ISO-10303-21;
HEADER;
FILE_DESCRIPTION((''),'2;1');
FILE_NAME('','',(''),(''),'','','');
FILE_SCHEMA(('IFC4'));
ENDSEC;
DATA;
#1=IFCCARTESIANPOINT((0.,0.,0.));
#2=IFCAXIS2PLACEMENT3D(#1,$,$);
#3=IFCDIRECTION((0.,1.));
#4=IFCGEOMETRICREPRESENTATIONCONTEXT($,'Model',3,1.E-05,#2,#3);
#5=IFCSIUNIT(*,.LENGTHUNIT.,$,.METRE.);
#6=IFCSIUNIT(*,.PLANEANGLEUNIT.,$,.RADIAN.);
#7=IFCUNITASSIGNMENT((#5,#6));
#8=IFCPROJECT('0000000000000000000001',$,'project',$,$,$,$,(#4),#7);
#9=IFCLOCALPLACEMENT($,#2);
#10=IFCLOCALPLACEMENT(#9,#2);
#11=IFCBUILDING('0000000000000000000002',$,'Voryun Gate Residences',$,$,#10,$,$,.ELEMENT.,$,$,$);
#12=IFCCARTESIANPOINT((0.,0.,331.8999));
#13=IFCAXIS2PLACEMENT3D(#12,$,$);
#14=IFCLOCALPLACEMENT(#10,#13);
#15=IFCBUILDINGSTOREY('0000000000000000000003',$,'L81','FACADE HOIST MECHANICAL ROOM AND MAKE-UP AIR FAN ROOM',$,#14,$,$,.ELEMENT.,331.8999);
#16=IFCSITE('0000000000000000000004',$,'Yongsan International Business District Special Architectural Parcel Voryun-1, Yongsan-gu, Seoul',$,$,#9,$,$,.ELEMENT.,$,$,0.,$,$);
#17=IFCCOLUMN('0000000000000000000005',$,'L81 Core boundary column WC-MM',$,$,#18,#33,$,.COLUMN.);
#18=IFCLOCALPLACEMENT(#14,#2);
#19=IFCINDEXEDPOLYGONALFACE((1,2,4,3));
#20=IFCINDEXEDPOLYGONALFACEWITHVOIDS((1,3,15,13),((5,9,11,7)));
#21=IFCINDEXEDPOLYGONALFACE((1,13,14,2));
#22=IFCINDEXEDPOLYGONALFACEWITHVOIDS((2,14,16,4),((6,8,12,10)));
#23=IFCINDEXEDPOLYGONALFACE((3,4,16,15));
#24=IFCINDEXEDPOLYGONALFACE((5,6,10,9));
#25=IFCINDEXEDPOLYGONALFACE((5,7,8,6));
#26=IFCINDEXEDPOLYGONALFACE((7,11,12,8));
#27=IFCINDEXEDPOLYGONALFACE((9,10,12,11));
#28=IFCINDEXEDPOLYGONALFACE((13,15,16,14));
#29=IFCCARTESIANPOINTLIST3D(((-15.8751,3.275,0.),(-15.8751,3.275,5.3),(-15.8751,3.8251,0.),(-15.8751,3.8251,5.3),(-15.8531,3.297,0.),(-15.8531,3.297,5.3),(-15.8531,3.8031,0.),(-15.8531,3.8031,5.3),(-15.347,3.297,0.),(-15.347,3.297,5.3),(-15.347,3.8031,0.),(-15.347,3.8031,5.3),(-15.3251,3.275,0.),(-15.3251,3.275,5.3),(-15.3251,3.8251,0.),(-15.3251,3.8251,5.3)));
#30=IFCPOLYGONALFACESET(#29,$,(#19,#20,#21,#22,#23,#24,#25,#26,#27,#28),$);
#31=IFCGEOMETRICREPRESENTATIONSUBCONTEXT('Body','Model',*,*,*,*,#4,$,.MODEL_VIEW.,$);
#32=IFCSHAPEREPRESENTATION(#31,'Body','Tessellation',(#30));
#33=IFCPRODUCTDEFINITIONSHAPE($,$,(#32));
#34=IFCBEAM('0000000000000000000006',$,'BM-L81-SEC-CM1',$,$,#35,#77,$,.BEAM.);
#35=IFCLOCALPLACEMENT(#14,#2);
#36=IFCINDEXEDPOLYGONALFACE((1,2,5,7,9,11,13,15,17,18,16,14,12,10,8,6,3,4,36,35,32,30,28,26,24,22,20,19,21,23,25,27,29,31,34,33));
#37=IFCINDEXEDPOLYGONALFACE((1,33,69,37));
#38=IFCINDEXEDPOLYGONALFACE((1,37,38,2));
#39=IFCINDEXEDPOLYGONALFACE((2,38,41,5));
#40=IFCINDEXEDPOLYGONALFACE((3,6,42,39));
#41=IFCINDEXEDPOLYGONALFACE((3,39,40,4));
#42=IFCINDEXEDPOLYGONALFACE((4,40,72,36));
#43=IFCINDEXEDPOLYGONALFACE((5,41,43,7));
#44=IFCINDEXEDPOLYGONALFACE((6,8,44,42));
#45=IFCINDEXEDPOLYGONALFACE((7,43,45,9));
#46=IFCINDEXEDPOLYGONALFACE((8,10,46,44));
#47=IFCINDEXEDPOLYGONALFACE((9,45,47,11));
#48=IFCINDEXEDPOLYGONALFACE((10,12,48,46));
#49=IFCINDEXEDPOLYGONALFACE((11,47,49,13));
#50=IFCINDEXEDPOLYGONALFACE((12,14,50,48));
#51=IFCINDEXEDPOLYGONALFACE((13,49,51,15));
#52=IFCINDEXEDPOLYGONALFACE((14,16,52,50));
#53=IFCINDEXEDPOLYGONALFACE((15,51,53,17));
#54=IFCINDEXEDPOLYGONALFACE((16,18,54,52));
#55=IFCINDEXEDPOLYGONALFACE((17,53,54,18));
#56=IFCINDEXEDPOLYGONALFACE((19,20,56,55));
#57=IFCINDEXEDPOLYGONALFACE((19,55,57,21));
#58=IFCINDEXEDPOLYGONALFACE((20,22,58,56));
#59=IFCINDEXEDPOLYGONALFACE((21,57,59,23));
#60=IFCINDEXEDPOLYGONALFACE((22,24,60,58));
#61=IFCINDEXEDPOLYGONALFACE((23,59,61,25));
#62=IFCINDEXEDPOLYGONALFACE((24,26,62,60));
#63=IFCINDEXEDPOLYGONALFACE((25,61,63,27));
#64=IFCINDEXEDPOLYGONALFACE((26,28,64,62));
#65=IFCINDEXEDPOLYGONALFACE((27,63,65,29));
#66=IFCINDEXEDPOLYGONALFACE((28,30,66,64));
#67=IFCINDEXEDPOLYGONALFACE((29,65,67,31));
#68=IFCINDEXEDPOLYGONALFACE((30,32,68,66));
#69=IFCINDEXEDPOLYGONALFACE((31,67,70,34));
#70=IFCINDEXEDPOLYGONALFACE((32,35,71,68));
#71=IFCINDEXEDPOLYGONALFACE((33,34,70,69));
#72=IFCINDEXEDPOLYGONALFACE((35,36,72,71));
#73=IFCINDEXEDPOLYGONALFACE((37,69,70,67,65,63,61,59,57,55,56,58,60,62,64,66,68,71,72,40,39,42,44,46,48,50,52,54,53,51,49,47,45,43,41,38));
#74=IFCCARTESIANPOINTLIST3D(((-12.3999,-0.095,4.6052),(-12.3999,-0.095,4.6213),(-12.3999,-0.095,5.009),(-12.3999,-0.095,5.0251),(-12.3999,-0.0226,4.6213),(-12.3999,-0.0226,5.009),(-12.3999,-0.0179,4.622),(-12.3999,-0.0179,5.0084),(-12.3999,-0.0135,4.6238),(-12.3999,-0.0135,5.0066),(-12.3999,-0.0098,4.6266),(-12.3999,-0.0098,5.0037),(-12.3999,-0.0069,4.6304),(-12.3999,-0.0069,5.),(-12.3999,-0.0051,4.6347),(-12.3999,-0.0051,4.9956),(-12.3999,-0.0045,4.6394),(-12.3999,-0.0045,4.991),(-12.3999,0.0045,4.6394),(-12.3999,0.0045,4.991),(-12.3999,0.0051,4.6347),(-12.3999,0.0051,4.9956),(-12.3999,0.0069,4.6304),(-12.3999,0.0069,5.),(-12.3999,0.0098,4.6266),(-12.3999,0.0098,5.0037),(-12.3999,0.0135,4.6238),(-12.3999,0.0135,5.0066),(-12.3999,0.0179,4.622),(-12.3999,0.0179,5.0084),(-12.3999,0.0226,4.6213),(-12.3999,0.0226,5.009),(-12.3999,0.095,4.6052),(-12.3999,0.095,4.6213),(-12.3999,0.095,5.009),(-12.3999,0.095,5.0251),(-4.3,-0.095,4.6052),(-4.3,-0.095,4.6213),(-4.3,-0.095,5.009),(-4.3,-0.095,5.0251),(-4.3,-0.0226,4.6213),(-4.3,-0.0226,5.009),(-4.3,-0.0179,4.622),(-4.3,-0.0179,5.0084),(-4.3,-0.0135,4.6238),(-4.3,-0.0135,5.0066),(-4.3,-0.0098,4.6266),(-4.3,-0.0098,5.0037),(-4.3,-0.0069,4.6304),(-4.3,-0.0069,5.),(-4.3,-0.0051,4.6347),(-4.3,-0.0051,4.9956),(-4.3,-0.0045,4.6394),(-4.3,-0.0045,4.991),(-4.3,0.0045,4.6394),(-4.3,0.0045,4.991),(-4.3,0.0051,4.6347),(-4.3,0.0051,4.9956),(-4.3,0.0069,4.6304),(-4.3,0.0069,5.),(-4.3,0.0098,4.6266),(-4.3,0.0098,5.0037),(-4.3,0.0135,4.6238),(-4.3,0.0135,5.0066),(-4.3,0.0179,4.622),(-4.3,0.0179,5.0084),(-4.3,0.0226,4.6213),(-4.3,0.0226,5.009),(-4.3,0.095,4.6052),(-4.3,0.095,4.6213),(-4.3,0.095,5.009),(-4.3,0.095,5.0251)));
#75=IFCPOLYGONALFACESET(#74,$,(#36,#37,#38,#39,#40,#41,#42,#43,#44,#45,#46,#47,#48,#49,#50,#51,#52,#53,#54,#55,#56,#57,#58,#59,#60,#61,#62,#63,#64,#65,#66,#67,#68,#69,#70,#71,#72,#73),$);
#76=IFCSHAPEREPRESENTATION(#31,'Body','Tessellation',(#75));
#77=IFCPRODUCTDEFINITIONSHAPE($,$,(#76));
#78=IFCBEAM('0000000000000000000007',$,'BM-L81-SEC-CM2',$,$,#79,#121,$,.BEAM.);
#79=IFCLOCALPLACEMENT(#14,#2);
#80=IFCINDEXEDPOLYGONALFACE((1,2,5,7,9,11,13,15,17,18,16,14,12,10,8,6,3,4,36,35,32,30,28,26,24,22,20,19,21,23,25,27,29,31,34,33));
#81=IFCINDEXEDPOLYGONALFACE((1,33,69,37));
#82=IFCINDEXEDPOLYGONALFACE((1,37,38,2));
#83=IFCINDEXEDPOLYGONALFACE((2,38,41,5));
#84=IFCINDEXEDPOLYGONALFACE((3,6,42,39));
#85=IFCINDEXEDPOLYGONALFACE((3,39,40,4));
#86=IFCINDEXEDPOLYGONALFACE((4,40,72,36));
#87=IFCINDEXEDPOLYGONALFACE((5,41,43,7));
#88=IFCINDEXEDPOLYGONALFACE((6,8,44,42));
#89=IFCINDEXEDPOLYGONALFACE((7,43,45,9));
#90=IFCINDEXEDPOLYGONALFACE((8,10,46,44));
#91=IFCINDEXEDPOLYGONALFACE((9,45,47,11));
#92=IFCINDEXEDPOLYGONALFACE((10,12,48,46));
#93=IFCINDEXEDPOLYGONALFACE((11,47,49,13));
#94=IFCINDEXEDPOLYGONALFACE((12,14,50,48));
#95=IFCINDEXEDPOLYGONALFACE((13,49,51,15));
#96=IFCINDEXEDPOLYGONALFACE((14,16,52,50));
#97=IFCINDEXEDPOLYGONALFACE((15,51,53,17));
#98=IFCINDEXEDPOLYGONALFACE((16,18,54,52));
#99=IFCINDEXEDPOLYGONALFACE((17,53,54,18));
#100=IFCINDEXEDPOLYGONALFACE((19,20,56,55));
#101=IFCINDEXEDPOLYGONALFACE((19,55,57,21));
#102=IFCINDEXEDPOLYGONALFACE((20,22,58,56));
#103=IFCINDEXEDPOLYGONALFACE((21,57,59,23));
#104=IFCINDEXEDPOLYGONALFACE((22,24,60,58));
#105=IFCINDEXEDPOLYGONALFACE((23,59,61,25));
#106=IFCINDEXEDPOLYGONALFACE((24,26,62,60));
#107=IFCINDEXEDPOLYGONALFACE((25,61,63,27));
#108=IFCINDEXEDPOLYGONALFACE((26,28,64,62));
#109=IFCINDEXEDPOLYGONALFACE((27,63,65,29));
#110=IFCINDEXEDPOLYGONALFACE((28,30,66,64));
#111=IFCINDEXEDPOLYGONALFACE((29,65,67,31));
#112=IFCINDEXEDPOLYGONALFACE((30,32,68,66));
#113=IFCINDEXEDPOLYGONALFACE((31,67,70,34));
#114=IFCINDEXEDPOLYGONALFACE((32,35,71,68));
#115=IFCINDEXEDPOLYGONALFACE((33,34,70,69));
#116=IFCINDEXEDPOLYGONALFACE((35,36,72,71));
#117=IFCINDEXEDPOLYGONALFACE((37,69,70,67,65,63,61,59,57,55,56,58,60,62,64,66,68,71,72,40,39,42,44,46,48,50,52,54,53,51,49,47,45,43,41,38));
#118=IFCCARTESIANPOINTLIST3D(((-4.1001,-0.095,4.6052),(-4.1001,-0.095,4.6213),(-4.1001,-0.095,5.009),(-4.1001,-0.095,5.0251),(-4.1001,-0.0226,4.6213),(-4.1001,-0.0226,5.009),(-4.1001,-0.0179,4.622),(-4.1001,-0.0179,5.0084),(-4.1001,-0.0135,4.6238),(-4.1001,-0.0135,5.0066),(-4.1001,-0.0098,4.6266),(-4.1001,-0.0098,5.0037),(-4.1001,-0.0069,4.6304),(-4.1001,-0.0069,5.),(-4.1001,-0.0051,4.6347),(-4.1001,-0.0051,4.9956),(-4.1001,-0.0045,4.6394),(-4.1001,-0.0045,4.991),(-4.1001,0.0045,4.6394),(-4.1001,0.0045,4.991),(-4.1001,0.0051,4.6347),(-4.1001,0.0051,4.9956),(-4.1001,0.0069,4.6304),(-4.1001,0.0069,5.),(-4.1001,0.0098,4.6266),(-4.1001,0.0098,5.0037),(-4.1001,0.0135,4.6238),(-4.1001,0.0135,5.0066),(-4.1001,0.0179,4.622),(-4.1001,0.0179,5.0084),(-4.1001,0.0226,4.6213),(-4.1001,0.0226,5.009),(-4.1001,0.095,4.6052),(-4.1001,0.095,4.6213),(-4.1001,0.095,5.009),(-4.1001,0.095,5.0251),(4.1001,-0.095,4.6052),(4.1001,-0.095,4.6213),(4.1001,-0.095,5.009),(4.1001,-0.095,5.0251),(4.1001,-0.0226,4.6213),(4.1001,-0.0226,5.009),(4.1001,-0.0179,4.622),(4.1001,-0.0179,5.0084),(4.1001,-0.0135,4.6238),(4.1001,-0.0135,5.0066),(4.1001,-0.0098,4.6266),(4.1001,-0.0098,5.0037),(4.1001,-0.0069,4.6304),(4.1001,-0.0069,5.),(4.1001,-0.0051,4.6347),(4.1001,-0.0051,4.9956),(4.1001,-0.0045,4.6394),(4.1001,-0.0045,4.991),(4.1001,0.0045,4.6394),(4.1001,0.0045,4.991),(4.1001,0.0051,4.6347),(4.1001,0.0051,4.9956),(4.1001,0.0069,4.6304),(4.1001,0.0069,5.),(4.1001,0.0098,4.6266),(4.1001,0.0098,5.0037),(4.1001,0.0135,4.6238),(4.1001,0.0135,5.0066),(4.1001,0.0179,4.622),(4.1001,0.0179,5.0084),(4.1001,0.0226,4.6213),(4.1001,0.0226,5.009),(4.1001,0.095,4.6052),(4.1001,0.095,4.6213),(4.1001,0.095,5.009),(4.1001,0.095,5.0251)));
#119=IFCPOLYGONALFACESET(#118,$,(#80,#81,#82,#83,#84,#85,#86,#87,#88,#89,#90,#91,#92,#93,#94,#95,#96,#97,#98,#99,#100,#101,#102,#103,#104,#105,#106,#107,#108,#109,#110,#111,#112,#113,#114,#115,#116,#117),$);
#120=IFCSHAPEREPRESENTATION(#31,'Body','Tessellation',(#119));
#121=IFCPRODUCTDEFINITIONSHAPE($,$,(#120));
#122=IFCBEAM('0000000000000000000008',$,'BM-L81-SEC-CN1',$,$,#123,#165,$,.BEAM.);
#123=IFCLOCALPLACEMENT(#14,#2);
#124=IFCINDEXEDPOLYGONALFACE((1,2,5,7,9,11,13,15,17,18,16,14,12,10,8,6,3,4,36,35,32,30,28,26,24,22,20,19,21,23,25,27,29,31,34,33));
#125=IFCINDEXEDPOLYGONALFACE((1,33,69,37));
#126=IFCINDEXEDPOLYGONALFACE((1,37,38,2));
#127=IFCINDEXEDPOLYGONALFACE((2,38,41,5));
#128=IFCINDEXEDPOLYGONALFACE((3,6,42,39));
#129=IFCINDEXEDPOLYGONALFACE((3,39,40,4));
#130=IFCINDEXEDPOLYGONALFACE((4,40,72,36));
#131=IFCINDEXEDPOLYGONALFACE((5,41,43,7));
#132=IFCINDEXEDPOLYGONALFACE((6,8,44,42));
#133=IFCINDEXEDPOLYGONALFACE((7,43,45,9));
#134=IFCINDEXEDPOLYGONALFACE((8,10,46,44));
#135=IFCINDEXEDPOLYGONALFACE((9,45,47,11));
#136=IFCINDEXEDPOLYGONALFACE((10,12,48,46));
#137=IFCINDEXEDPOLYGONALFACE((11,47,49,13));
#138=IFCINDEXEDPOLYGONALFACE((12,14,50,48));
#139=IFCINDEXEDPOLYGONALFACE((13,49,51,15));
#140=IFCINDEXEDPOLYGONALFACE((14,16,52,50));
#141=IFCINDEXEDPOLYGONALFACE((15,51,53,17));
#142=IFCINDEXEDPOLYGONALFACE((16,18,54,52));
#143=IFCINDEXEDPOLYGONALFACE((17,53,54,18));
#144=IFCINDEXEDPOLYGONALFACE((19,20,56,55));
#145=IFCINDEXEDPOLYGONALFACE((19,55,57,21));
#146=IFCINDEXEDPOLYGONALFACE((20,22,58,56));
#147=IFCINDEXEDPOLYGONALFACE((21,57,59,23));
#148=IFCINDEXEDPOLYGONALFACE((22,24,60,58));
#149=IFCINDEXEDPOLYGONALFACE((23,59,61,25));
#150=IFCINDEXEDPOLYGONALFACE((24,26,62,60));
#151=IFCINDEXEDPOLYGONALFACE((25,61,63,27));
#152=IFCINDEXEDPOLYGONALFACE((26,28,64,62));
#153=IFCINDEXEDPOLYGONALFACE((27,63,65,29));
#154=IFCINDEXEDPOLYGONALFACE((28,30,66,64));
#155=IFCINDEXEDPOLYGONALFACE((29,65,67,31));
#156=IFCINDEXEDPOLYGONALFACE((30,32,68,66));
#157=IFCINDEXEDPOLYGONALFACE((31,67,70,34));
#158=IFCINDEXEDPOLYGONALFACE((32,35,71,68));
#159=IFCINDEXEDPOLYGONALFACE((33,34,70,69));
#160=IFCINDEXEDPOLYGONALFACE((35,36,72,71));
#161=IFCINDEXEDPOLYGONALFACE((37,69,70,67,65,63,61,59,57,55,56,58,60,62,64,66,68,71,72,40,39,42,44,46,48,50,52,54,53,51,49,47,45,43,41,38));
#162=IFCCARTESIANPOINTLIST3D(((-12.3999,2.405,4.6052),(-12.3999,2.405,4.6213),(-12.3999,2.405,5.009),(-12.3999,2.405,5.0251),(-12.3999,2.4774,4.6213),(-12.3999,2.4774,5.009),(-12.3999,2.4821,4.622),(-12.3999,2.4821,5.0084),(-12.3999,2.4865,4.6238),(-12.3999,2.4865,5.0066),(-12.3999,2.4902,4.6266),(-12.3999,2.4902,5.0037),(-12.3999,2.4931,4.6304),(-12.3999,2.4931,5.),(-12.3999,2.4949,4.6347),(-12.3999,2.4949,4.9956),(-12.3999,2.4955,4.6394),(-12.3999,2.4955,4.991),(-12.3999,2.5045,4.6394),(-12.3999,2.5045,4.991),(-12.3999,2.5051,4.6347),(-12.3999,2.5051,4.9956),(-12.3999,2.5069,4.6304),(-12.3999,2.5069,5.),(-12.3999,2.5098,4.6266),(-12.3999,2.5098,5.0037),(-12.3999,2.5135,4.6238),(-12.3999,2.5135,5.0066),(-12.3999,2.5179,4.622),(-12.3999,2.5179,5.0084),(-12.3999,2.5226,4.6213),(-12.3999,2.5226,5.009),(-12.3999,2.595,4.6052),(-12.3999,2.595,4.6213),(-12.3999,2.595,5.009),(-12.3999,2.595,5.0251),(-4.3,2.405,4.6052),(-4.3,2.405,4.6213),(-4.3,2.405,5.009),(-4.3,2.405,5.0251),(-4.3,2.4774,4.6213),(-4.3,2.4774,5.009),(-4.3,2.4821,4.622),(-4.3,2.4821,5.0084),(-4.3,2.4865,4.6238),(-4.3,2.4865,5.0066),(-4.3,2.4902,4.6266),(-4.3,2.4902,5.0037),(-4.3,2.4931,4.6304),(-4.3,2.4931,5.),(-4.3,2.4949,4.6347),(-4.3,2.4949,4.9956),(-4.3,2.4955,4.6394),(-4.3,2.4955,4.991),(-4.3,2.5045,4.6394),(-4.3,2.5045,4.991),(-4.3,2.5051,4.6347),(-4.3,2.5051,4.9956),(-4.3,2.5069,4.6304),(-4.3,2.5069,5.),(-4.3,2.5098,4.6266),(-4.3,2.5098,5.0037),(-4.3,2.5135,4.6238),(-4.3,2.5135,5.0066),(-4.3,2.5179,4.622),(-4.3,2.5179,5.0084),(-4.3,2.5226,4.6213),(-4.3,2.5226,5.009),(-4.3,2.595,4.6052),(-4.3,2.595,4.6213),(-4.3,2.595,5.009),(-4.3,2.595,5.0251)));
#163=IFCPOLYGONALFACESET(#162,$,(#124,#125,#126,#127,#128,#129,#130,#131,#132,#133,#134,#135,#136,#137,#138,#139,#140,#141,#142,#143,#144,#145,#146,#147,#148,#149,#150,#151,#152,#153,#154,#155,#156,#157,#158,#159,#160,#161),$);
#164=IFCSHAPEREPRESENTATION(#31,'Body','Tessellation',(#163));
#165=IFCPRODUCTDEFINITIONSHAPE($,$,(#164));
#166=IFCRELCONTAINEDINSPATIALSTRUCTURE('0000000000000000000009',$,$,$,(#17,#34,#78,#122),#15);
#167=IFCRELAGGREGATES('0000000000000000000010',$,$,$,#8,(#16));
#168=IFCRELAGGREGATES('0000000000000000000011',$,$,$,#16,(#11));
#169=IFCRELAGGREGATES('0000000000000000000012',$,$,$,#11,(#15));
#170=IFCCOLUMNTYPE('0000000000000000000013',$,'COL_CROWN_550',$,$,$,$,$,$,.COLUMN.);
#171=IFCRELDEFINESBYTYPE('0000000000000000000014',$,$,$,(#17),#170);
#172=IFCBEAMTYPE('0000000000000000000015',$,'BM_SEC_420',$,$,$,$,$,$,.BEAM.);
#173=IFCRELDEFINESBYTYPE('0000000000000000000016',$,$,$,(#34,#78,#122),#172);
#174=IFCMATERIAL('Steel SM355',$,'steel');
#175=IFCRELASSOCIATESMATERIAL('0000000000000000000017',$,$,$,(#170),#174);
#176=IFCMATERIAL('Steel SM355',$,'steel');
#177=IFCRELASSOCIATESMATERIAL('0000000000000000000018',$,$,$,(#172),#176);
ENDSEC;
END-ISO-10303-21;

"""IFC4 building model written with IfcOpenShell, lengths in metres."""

from ifc_helpers import new_model, si_unit, direction, frame, origin, origin_2d, place, context, subcontext, project, spatial, hollow_rectangle, i_section, extrude, material, material_profile, profile_set, type_object, element, save


model = new_model("IFC4")

# Units and contexts
model_context = context("Model", 3, precision=1e-05, world=origin(), true_north=direction((0.0, 1.0)))
body_context = subcontext(model_context, "Body", "Model", "MODEL_VIEW")
ifc_project = project(units=[si_unit("LENGTHUNIT", "METRE"), si_unit("PLANEANGLEUNIT", "RADIAN")], contexts=[model_context])

# Site, building, storey
site_placement = place(None, origin())
site = spatial("IfcSite", under=ifc_project, at=site_placement, Name="Yongsan International Business District Special Architectural Parcel Voryun-1, Yongsan-gu, Seoul", CompositionType="ELEMENT", RefElevation=0.0)
building_placement = place(site_placement, origin())
building = spatial("IfcBuilding", under=site, at=building_placement, Name="Voryun Gate Residences", CompositionType="ELEMENT")
storey_placement = place(building_placement, frame((0.0, 0.0, 331.8999)))
storey = spatial("IfcBuildingStorey", under=building, at=storey_placement, Name="L81", Description="FACADE HOIST MECHANICAL ROOM AND MAKE-UP AIR FAN ROOM", CompositionType="ELEMENT", Elevation=331.8999)

# Column
ifc_material_1 = material(Name="Steel SM355", Category="steel")
ifc_material_profile_1 = material_profile(ifc_material_1, hollow_rectangle(XDim=0.55, YDim=0.55, WallThickness=0.022, at=origin_2d()), Name="BOX-550x550x22")
ifc_profile_set_1 = profile_set([ifc_material_profile_1], Name="Steel SM355")
column_type = type_object("IfcColumnType", Name="COL_CROWN_550", PredefinedType="COLUMN", material=ifc_profile_set_1)
column_placement = place(storey_placement, frame((-15.6001, 3.55, 0.0), z_axis=(0.0, 0.0, 1.0), x_axis=(1.0, 0.0, 0.0)))
element("IfcColumn", 1, at=column_placement, inside=storey, type_object=column_type, Name="L81 Core boundary column WC-MM", PredefinedType="COLUMN", context=body_context, shape_type="SweptSolid", body=[
    extrude(hollow_rectangle(XDim=0.55, YDim=0.55, WallThickness=0.022, at=origin_2d()), origin(), (0.0, 0.0, 1.0), 5.3),
])

# Beams
ifc_material_2 = material(Name="Steel SM355", Category="steel")
ifc_material_profile_2 = material_profile(ifc_material_2, i_section(OverallWidth=0.1899, OverallDepth=0.4199, WebThickness=0.009, FlangeThickness=0.0161, FilletRadius=0.0181, at=origin_2d()), Name="H-420x190x9x16")
ifc_profile_set_2 = profile_set([ifc_material_profile_2], Name="Steel SM355")
beam_type = type_object("IfcBeamType", Name="BM_SEC_420", PredefinedType="BEAM", material=ifc_profile_set_2)
beam_1_placement = place(storey_placement, frame((-12.3999, 0.0, 4.8152), z_axis=(1.0, 0.0, 0.0), x_axis=(0.0, 1.0, 0.0)))
element("IfcBeam", 2, at=beam_1_placement, inside=storey, type_object=beam_type, Name="BM-L81-SEC-CM1", PredefinedType="BEAM", context=body_context, shape_type="SweptSolid", body=[
    extrude(i_section(OverallWidth=0.1899, OverallDepth=0.4199, WebThickness=0.009, FlangeThickness=0.0161, FilletRadius=0.0181, at=origin_2d()), origin(), (0.0, 0.0, 1.0), 8.0999),
])
beam_2_placement = place(storey_placement, frame((-4.1001, 0.0, 4.8152), z_axis=(1.0, 0.0, 0.0), x_axis=(0.0, 1.0, 0.0)))
element("IfcBeam", 3, at=beam_2_placement, inside=storey, type_object=beam_type, Name="BM-L81-SEC-CM2", PredefinedType="BEAM", context=body_context, shape_type="SweptSolid", body=[
    extrude(i_section(OverallWidth=0.1899, OverallDepth=0.4199, WebThickness=0.009, FlangeThickness=0.0161, FilletRadius=0.0181, at=origin_2d()), origin(), (0.0, 0.0, 1.0), 8.2002),
])
beam_3_placement = place(storey_placement, frame((-12.3999, 2.5, 4.8152), z_axis=(1.0, 0.0, 0.0), x_axis=(0.0, 1.0, 0.0)))
element("IfcBeam", 4, at=beam_3_placement, inside=storey, type_object=beam_type, Name="BM-L81-SEC-CN1", PredefinedType="BEAM", context=body_context, shape_type="SweptSolid", body=[
    extrude(i_section(OverallWidth=0.1899, OverallDepth=0.4199, WebThickness=0.009, FlangeThickness=0.0161, FilletRadius=0.0181, at=origin_2d()), origin(), (0.0, 0.0, 1.0), 8.0999),
])

save(model, "model.ifc")
